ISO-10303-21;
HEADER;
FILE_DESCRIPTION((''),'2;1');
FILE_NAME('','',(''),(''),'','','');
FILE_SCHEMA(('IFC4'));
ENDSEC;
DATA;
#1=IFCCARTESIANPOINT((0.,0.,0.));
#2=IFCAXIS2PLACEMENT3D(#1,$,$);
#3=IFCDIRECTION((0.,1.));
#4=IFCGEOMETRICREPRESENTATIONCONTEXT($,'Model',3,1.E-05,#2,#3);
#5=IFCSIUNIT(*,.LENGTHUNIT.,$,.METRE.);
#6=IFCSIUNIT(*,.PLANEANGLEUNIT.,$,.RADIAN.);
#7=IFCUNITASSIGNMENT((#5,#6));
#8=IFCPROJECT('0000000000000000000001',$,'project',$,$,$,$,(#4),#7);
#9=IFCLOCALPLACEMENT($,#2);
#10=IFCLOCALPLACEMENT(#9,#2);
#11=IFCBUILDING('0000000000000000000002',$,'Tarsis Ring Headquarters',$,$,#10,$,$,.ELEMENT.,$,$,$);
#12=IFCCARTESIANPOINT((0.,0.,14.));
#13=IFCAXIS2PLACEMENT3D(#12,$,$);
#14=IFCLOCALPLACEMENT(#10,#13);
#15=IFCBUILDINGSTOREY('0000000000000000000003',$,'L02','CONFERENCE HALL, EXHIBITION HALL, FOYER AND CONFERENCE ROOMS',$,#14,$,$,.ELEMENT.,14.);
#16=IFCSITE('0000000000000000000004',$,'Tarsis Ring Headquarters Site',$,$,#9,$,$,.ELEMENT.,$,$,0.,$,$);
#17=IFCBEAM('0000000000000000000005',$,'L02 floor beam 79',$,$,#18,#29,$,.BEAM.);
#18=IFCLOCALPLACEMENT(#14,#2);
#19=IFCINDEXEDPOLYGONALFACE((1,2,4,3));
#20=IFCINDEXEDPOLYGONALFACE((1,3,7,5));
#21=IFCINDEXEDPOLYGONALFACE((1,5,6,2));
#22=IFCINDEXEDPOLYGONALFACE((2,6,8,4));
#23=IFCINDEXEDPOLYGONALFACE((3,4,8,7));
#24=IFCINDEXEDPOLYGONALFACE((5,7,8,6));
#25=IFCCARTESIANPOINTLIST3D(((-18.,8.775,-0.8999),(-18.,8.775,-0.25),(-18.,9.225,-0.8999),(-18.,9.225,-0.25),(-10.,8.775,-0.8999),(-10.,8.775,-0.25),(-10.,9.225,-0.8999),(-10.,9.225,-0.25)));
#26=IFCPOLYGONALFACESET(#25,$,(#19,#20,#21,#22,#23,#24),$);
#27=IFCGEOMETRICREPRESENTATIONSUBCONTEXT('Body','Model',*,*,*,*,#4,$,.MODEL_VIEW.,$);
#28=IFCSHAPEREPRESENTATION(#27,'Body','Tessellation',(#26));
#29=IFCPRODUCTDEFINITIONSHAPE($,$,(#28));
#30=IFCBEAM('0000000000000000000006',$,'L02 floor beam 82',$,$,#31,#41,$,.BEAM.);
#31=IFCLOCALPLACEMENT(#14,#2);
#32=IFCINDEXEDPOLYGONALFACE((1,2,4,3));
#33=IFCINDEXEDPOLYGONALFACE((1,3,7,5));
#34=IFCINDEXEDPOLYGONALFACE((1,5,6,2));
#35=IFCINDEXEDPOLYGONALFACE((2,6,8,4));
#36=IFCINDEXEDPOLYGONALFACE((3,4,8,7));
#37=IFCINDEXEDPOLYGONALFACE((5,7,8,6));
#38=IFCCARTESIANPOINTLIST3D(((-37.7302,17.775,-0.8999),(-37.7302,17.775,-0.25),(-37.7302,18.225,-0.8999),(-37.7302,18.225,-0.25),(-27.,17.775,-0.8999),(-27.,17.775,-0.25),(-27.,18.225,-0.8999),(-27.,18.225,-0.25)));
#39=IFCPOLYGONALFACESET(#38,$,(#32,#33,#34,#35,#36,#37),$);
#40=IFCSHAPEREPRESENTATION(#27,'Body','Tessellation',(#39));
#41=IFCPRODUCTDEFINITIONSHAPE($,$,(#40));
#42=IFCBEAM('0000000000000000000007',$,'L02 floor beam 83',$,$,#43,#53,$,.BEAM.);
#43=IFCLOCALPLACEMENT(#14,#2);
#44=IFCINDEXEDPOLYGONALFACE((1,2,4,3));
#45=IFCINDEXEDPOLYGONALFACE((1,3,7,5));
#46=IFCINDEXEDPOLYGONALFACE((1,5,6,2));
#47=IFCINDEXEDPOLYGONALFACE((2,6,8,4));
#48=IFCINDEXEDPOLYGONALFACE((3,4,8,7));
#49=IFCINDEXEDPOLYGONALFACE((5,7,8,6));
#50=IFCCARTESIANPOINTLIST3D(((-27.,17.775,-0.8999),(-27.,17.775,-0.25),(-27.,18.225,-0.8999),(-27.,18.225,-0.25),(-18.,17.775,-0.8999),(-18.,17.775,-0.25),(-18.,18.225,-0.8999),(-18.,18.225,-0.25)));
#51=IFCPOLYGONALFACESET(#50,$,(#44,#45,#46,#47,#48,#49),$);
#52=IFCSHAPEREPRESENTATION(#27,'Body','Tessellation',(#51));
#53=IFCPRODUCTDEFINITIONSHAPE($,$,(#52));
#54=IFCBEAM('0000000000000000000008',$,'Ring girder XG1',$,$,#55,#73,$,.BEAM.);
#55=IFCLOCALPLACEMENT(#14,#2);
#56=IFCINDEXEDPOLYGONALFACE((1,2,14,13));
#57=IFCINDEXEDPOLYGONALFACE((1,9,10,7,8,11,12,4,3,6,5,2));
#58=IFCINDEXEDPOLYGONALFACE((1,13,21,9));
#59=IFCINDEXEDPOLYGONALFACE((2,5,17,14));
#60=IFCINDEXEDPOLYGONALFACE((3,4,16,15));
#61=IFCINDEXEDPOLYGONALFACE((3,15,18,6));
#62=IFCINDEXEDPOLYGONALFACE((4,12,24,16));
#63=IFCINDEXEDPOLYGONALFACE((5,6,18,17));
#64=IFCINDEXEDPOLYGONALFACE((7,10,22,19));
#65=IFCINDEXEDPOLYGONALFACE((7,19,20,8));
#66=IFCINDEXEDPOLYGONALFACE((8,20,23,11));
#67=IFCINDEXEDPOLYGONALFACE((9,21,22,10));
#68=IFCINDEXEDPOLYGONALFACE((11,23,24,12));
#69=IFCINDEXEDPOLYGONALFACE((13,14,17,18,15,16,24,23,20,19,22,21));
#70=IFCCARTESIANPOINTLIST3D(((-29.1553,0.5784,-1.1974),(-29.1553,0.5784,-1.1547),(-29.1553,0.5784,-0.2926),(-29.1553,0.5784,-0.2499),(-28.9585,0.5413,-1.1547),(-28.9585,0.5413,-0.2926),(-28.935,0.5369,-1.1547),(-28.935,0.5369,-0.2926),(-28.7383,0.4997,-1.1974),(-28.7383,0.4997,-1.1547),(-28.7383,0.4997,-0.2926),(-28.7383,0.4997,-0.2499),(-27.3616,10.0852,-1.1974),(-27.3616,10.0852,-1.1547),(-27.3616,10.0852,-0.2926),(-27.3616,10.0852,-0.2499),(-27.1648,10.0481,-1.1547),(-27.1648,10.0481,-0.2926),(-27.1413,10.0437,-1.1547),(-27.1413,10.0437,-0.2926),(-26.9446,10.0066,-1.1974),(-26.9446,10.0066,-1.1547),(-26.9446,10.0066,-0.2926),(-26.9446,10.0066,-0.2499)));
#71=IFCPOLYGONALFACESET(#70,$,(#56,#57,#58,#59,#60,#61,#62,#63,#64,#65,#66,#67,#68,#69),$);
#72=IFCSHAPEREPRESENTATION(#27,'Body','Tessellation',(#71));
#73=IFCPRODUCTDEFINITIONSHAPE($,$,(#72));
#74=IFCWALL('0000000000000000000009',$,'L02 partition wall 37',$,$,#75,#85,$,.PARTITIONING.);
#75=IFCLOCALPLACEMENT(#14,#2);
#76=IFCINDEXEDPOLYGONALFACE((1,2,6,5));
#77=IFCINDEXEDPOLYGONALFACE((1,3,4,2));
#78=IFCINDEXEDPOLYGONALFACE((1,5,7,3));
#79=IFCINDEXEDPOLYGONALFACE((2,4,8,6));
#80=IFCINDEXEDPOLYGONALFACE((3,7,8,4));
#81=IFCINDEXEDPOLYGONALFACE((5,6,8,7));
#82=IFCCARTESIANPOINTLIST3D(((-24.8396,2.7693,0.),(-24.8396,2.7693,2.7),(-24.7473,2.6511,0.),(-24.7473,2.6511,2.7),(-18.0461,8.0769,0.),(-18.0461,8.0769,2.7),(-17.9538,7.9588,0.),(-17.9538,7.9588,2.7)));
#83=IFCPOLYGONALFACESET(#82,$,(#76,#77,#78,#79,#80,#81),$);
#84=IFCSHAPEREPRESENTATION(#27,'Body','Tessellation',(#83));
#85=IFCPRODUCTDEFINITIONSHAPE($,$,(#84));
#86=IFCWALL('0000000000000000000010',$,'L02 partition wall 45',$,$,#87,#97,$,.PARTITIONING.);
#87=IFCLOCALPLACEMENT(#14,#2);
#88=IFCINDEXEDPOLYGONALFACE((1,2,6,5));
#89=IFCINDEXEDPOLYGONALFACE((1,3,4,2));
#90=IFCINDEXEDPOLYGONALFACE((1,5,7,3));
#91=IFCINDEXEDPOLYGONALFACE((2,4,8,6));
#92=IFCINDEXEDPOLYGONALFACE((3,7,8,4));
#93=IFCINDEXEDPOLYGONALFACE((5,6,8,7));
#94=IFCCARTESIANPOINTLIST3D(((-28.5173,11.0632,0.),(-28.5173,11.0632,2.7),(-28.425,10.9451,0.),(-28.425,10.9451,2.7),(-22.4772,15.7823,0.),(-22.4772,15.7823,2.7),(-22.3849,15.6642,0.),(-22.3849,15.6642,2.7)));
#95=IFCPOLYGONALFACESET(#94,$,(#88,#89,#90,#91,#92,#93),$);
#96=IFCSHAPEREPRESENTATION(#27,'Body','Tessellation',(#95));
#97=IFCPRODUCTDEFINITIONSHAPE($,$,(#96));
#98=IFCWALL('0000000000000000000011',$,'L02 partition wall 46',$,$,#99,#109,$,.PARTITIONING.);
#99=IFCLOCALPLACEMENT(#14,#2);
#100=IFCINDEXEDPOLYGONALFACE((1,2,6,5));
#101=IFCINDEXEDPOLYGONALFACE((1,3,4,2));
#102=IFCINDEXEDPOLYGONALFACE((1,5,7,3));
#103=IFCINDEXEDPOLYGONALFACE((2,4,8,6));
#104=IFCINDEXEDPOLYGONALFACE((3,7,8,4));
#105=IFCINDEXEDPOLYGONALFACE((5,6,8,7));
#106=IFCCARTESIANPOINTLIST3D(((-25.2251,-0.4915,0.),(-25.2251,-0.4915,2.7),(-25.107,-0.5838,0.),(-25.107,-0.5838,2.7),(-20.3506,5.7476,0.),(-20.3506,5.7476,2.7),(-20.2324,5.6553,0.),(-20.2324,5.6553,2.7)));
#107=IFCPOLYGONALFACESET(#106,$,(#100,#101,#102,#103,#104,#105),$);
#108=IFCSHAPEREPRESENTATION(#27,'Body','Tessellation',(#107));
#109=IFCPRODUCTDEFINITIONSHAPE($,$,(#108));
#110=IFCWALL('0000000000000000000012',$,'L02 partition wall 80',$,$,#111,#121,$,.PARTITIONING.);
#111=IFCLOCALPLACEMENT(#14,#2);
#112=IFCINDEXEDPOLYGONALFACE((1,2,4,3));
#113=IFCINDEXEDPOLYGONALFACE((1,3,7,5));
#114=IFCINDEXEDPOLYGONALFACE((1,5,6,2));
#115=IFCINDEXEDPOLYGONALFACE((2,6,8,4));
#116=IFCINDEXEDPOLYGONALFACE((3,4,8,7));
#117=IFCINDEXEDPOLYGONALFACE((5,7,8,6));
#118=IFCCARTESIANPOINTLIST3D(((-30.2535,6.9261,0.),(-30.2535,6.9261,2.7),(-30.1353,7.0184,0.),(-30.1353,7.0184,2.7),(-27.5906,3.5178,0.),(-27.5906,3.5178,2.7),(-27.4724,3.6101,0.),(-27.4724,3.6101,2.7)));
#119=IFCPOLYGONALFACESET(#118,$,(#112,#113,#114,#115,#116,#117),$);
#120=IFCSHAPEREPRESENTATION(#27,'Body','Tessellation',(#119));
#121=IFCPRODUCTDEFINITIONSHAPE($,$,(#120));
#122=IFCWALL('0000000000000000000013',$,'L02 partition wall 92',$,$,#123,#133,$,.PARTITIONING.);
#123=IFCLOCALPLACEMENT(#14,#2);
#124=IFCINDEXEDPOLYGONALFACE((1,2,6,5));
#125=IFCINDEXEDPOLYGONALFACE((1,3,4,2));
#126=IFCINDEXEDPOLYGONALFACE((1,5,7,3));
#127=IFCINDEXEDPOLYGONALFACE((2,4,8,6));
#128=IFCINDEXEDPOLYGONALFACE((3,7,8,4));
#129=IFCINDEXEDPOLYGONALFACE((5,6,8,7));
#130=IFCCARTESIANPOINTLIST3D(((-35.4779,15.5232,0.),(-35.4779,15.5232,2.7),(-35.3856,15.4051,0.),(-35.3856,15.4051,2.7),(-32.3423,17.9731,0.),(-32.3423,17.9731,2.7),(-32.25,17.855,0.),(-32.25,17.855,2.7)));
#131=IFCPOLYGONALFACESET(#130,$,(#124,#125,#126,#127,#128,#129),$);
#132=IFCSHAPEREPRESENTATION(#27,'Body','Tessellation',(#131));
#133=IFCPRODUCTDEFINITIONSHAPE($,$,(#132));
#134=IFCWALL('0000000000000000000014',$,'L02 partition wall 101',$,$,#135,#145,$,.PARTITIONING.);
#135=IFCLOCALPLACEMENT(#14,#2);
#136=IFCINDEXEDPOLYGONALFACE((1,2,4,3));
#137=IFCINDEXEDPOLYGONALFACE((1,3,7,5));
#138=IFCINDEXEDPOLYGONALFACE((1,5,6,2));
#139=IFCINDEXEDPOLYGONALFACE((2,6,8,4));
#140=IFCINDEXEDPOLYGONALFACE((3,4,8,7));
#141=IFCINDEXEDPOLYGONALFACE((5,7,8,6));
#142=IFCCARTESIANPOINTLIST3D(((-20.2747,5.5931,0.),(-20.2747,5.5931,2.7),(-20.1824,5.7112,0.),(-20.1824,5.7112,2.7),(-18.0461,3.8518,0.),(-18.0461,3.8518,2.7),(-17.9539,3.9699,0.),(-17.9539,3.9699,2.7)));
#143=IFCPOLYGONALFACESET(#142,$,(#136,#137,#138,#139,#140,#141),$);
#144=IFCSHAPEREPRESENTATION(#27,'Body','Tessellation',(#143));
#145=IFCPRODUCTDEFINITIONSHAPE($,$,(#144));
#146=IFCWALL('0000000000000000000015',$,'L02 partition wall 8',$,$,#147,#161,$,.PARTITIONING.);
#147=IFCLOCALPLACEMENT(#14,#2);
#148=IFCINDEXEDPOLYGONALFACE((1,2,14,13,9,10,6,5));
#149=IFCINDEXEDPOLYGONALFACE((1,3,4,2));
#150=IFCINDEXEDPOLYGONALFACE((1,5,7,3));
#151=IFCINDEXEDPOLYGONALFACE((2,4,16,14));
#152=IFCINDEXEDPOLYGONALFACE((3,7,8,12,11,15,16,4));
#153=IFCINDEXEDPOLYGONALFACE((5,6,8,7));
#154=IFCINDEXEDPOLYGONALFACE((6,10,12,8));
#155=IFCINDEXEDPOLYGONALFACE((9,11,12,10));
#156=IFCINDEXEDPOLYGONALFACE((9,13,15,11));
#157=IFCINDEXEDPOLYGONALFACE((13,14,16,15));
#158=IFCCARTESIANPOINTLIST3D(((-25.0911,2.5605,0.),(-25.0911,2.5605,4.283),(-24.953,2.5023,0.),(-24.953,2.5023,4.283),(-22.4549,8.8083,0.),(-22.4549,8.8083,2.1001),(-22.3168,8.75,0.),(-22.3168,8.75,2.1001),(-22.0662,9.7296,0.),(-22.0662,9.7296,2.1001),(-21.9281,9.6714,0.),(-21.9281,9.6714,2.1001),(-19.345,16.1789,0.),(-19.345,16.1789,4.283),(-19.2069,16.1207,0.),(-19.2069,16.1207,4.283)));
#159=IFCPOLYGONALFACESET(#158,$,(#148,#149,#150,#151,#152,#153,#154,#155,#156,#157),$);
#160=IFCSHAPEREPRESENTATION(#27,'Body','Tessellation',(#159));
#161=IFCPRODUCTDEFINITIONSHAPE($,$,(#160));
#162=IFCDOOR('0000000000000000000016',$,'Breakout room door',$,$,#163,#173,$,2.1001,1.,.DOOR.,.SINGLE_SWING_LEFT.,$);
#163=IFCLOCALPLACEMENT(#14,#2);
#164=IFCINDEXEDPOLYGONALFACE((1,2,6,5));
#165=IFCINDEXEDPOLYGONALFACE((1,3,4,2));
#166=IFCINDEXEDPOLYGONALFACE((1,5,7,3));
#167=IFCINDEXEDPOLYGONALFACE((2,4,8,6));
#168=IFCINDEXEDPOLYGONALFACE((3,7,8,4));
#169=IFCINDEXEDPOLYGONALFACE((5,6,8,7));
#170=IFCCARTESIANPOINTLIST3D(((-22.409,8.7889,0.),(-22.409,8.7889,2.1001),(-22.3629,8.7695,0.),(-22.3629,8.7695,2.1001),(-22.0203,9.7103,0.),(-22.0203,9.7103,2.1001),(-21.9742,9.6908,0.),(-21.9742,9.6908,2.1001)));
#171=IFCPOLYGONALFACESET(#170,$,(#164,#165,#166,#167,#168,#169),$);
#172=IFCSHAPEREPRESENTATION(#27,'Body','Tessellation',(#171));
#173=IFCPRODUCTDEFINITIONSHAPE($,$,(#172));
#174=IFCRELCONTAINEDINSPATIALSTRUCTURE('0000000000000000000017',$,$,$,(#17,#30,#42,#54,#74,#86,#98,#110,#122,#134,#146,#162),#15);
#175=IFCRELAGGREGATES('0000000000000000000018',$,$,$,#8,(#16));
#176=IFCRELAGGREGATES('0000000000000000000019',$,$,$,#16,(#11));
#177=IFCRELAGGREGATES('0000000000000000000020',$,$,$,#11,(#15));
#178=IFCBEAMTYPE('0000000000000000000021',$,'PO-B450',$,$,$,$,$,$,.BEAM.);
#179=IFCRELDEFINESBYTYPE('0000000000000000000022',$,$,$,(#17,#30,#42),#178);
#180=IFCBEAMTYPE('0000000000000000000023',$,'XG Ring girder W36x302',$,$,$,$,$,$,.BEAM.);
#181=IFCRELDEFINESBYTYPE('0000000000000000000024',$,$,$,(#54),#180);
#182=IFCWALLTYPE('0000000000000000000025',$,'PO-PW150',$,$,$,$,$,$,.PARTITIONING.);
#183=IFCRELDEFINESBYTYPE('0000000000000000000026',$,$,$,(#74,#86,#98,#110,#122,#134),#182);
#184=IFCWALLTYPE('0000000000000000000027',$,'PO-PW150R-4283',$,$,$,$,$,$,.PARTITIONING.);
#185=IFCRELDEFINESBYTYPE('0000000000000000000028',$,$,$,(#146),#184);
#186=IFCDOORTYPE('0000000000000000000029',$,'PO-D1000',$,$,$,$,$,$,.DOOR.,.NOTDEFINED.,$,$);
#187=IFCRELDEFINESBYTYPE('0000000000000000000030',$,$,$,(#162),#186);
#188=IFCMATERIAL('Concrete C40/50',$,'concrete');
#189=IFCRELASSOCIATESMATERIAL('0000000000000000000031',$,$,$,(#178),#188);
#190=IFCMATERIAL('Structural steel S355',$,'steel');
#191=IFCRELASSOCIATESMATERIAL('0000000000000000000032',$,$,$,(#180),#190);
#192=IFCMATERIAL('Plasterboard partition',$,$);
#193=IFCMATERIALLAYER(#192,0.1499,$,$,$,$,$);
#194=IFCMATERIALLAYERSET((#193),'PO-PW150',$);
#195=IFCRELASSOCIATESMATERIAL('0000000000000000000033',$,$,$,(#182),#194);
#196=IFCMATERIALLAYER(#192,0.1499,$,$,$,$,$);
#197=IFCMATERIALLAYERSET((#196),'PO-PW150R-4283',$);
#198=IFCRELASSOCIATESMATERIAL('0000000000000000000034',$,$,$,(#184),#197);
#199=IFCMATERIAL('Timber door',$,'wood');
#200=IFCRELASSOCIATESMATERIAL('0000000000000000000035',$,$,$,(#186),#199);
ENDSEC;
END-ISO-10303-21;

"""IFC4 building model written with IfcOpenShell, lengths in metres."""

from ifc_helpers import new_model, si_unit, direction, frame, frame_2d, origin, origin_2d, place, context, subcontext, project, spatial, rectangle, i_section, extrude, material, layer, layer_set, material_profile, profile_set, type_object, element, fill, save


model = new_model("IFC4")

# Units and contexts
model_context = context("Model", 3, precision=1e-05, world=origin(), true_north=direction((0.0, 1.0)))
body_context = subcontext(model_context, "Body", "Model", "MODEL_VIEW")
ifc_project = project(units=[si_unit("LENGTHUNIT", "METRE"), si_unit("PLANEANGLEUNIT", "RADIAN")], contexts=[model_context])

# Site, building, storey
site_placement = place(None, origin())
site = spatial("IfcSite", under=ifc_project, at=site_placement, Name="Tarsis Ring Headquarters Site", CompositionType="ELEMENT", RefElevation=0.0)
building_placement = place(site_placement, origin())
building = spatial("IfcBuilding", under=site, at=building_placement, Name="Tarsis Ring Headquarters", CompositionType="ELEMENT")
storey_placement = place(building_placement, frame((0.0, 0.0, 14.0)))
storey = spatial("IfcBuildingStorey", under=building, at=storey_placement, Name="L02", Description="CONFERENCE HALL, EXHIBITION HALL, FOYER AND CONFERENCE ROOMS", CompositionType="ELEMENT", Elevation=14.0)

# Beams
ifc_material_1 = material(Name="Concrete C40/50", Category="concrete")
ifc_material_profile_1 = material_profile(ifc_material_1, rectangle(XDim=0.45, YDim=0.6499, at=origin_2d()), Name="PO-B450")
ifc_profile_set_1 = profile_set([ifc_material_profile_1], Name="Concrete C40/50")
beam_type_1 = type_object("IfcBeamType", Name="PO-B450", PredefinedType="BEAM", material=ifc_profile_set_1)
beam_1_placement = place(storey_placement, frame((-18.0, 9.0, -0.575), z_axis=(1.0, 0.0, 0.0), x_axis=(0.0, 1.0, 0.0)))
element("IfcBeam", 1, at=beam_1_placement, inside=storey, type_object=beam_type_1, Name="L02 floor beam 79", PredefinedType="BEAM", context=body_context, shape_type="SweptSolid", body=[
    extrude(rectangle(XDim=0.45, YDim=0.6499, at=origin_2d()), origin(), (0.0, 0.0, 1.0), 8.0),
])
beam_2_placement = place(storey_placement, frame((-37.7302, 18.0, -0.575), z_axis=(1.0, 0.0, 0.0), x_axis=(0.0, 1.0, 0.0)))
element("IfcBeam", 2, at=beam_2_placement, inside=storey, type_object=beam_type_1, Name="L02 floor beam 82", PredefinedType="BEAM", context=body_context, shape_type="SweptSolid", body=[
    extrude(rectangle(XDim=0.45, YDim=0.6499, at=origin_2d()), origin(), (0.0, 0.0, 1.0), 10.7302),
])
beam_3_placement = place(storey_placement, frame((-27.0, 18.0, -0.575), z_axis=(1.0, 0.0, 0.0), x_axis=(0.0, 1.0, 0.0)))
element("IfcBeam", 3, at=beam_3_placement, inside=storey, type_object=beam_type_1, Name="L02 floor beam 83", PredefinedType="BEAM", context=body_context, shape_type="SweptSolid", body=[
    extrude(rectangle(XDim=0.45, YDim=0.6499, at=origin_2d()), origin(), (0.0, 0.0, 1.0), 9.0),
])
ifc_material_2 = material(Name="Structural steel S355", Category="steel")
ifc_material_profile_2 = material_profile(ifc_material_2, i_section(OverallWidth=0.4243, OverallDepth=0.9475, WebThickness=0.0239, FlangeThickness=0.0427, at=origin_2d()), Name="W36x302")
ifc_profile_set_2 = profile_set([ifc_material_profile_2], Name="Structural steel S355")
beam_type_2 = type_object("IfcBeamType", Name="XG Ring girder W36x302", PredefinedType="BEAM", material=ifc_profile_set_2)
beam_4_placement = place(storey_placement, frame((-27.1531, 10.0459, -0.7236), z_axis=(-0.185404, -0.982662, 0.0), x_axis=(0.982662, -0.185404, 0.0)))
element("IfcBeam", 4, at=beam_4_placement, inside=storey, type_object=beam_type_2, Name="Ring girder XG1", PredefinedType="BEAM", context=body_context, shape_type="SweptSolid", body=[
    extrude(i_section(OverallWidth=0.4243, OverallDepth=0.9475, WebThickness=0.0239, FlangeThickness=0.0427, at=origin_2d()), origin(), (0.0, 0.0, 1.0), 9.6746),
])

# Walls
ifc_material_3 = material(Name="Plasterboard partition")
ifc_layer_1 = layer(ifc_material_3, 0.1499)
ifc_layer_set_1 = layer_set([ifc_layer_1], Name="PO-PW150")
wall_type_1 = type_object("IfcWallType", Name="PO-PW150", PredefinedType="PARTITIONING", material=ifc_layer_set_1)
wall_1_placement = place(storey_placement, frame((-24.7935, 2.7102, 0.0), z_axis=(0.0, 0.0, 1.0), x_axis=(0.788011, 0.615661, 0.0)))
element("IfcWall", 5, at=wall_1_placement, inside=storey, type_object=wall_type_1, Name="L02 partition wall 37", PredefinedType="PARTITIONING", context=body_context, shape_type="SweptSolid", body=[
    extrude(rectangle(XDim=8.6211, YDim=0.1499, at=frame_2d((4.3105, 0.0))), origin(), (0.0, 0.0, 1.0), 2.7),
])
wall_2_placement = place(storey_placement, frame((-28.4712, 11.0042, 0.0), z_axis=(0.0, 0.0, 1.0), x_axis=(0.788011, 0.615661, 0.0)))
element("IfcWall", 6, at=wall_2_placement, inside=storey, type_object=wall_type_1, Name="L02 partition wall 45", PredefinedType="PARTITIONING", context=body_context, shape_type="SweptSolid", body=[
    extrude(rectangle(XDim=7.665, YDim=0.1499, at=frame_2d((3.8325, 0.0))), origin(), (0.0, 0.0, 1.0), 2.7),
])
wall_3_placement = place(storey_placement, frame((-20.2915, 5.7014, 0.0), z_axis=(0.0, 0.0, 1.0), x_axis=(-0.615666, -0.788007, 0.0)))
element("IfcWall", 7, at=wall_3_placement, inside=storey, type_object=wall_type_1, Name="L02 partition wall 46", PredefinedType="PARTITIONING", context=body_context, shape_type="SweptSolid", body=[
    extrude(rectangle(XDim=7.9175, YDim=0.1499, at=frame_2d((3.9587, 0.0))), origin(), (0.0, 0.0, 1.0), 2.7),
])
wall_4_placement = place(storey_placement, frame((-27.5315, 3.564, 0.0), z_axis=(0.0, 0.0, 1.0), x_axis=(-0.61567, 0.788004, 0.0)))
element("IfcWall", 8, at=wall_4_placement, inside=storey, type_object=wall_type_1, Name="L02 partition wall 80", PredefinedType="PARTITIONING", context=body_context, shape_type="SweptSolid", body=[
    extrude(rectangle(XDim=4.3252, YDim=0.1499, at=frame_2d((2.1626, 0.0))), origin(), (0.0, 0.0, 1.0), 2.7),
])
wall_5_placement = place(storey_placement, frame((-35.4319, 15.4641, 0.0), z_axis=(0.0, 0.0, 1.0), x_axis=(0.788006, 0.615668, 0.0)))
element("IfcWall", 9, at=wall_5_placement, inside=storey, type_object=wall_type_1, Name="L02 partition wall 92", PredefinedType="PARTITIONING", context=body_context, shape_type="SweptSolid", body=[
    extrude(rectangle(XDim=3.9792, YDim=0.1499, at=frame_2d((1.9897, 0.0))), origin(), (0.0, 0.0, 1.0), 2.7),
])
wall_6_placement = place(storey_placement, frame((-18.0, 3.9109, 0.0), z_axis=(0.0, 0.0, 1.0), x_axis=(-0.787993, 0.615684, 0.0)))
element("IfcWall", 10, at=wall_6_placement, inside=storey, type_object=wall_type_1, Name="L02 partition wall 101", PredefinedType="PARTITIONING", context=body_context, shape_type="SweptSolid", body=[
    extrude(rectangle(XDim=2.8281, YDim=0.1499, at=frame_2d((1.4141, 0.0))), origin(), (0.0, 0.0, 1.0), 2.7),
])

# Wall, opening, door
ifc_layer_2 = layer(ifc_material_3, 0.1499)
ifc_layer_set_2 = layer_set([ifc_layer_2], Name="PO-PW150R-4283")
wall_type_2 = type_object("IfcWallType", Name="PO-PW150R-4283", PredefinedType="PARTITIONING", material=ifc_layer_set_2)
wall_7_placement = place(storey_placement, frame((-19.2759, 16.1499, 0.0), z_axis=(0.0, 0.0, 1.0), x_axis=(-0.388748, -0.921344, 0.0)))
wall_7 = element("IfcWall", 11, at=wall_7_placement, inside=storey, type_object=wall_type_2, Name="L02 partition wall 8", PredefinedType="PARTITIONING", context=body_context, shape_type="SweptSolid", body=[
    extrude(rectangle(XDim=14.781, YDim=0.1499, at=frame_2d((7.3906, 0.0))), origin(), (0.0, 0.0, 1.0), 4.283),
])
opening_1_placement = place(wall_7_placement, frame((7.0, 0.0, 0.0)))
opening_1 = element("IfcOpeningElement", 12, at=opening_1_placement, cuts=wall_7, PredefinedType="OPENING", context=body_context, shape_type="SweptSolid", body=[
    extrude(rectangle(XDim=1.0, YDim=2.1001, at=frame_2d((0.5, 1.05))), frame((0.0, 0.085, 0.0), z_axis=(0.0, -1.0, 0.0), x_axis=(1.0, 0.0, 0.0)), (0.0, 0.0, 1.0), 0.1699),
])
ifc_material_4 = material(Name="Timber door", Category="wood")
door_type = type_object("IfcDoorType", Name="PO-D1000", OperationType="NOTDEFINED", PredefinedType="DOOR", material=ifc_material_4)
door_1_placement = place(opening_1_placement, origin())
door_1 = element("IfcDoor", 13, at=door_1_placement, inside=storey, type_object=door_type, Name="Breakout room door", OperationType="SINGLE_SWING_LEFT", OverallHeight=2.1001, OverallWidth=1.0, PredefinedType="DOOR", context=body_context, shape_type="SweptSolid", body=[
    extrude(rectangle(XDim=1.0, YDim=2.1001, at=frame_2d((0.5, 1.05))), frame((0.0, 0.0249, 0.0), z_axis=(0.0, -1.0, 0.0), x_axis=(1.0, 0.0, 0.0)), (0.0, 0.0, 1.0), 0.05),
])
fill(opening_1, door_1)

save(model, "model.ifc")
